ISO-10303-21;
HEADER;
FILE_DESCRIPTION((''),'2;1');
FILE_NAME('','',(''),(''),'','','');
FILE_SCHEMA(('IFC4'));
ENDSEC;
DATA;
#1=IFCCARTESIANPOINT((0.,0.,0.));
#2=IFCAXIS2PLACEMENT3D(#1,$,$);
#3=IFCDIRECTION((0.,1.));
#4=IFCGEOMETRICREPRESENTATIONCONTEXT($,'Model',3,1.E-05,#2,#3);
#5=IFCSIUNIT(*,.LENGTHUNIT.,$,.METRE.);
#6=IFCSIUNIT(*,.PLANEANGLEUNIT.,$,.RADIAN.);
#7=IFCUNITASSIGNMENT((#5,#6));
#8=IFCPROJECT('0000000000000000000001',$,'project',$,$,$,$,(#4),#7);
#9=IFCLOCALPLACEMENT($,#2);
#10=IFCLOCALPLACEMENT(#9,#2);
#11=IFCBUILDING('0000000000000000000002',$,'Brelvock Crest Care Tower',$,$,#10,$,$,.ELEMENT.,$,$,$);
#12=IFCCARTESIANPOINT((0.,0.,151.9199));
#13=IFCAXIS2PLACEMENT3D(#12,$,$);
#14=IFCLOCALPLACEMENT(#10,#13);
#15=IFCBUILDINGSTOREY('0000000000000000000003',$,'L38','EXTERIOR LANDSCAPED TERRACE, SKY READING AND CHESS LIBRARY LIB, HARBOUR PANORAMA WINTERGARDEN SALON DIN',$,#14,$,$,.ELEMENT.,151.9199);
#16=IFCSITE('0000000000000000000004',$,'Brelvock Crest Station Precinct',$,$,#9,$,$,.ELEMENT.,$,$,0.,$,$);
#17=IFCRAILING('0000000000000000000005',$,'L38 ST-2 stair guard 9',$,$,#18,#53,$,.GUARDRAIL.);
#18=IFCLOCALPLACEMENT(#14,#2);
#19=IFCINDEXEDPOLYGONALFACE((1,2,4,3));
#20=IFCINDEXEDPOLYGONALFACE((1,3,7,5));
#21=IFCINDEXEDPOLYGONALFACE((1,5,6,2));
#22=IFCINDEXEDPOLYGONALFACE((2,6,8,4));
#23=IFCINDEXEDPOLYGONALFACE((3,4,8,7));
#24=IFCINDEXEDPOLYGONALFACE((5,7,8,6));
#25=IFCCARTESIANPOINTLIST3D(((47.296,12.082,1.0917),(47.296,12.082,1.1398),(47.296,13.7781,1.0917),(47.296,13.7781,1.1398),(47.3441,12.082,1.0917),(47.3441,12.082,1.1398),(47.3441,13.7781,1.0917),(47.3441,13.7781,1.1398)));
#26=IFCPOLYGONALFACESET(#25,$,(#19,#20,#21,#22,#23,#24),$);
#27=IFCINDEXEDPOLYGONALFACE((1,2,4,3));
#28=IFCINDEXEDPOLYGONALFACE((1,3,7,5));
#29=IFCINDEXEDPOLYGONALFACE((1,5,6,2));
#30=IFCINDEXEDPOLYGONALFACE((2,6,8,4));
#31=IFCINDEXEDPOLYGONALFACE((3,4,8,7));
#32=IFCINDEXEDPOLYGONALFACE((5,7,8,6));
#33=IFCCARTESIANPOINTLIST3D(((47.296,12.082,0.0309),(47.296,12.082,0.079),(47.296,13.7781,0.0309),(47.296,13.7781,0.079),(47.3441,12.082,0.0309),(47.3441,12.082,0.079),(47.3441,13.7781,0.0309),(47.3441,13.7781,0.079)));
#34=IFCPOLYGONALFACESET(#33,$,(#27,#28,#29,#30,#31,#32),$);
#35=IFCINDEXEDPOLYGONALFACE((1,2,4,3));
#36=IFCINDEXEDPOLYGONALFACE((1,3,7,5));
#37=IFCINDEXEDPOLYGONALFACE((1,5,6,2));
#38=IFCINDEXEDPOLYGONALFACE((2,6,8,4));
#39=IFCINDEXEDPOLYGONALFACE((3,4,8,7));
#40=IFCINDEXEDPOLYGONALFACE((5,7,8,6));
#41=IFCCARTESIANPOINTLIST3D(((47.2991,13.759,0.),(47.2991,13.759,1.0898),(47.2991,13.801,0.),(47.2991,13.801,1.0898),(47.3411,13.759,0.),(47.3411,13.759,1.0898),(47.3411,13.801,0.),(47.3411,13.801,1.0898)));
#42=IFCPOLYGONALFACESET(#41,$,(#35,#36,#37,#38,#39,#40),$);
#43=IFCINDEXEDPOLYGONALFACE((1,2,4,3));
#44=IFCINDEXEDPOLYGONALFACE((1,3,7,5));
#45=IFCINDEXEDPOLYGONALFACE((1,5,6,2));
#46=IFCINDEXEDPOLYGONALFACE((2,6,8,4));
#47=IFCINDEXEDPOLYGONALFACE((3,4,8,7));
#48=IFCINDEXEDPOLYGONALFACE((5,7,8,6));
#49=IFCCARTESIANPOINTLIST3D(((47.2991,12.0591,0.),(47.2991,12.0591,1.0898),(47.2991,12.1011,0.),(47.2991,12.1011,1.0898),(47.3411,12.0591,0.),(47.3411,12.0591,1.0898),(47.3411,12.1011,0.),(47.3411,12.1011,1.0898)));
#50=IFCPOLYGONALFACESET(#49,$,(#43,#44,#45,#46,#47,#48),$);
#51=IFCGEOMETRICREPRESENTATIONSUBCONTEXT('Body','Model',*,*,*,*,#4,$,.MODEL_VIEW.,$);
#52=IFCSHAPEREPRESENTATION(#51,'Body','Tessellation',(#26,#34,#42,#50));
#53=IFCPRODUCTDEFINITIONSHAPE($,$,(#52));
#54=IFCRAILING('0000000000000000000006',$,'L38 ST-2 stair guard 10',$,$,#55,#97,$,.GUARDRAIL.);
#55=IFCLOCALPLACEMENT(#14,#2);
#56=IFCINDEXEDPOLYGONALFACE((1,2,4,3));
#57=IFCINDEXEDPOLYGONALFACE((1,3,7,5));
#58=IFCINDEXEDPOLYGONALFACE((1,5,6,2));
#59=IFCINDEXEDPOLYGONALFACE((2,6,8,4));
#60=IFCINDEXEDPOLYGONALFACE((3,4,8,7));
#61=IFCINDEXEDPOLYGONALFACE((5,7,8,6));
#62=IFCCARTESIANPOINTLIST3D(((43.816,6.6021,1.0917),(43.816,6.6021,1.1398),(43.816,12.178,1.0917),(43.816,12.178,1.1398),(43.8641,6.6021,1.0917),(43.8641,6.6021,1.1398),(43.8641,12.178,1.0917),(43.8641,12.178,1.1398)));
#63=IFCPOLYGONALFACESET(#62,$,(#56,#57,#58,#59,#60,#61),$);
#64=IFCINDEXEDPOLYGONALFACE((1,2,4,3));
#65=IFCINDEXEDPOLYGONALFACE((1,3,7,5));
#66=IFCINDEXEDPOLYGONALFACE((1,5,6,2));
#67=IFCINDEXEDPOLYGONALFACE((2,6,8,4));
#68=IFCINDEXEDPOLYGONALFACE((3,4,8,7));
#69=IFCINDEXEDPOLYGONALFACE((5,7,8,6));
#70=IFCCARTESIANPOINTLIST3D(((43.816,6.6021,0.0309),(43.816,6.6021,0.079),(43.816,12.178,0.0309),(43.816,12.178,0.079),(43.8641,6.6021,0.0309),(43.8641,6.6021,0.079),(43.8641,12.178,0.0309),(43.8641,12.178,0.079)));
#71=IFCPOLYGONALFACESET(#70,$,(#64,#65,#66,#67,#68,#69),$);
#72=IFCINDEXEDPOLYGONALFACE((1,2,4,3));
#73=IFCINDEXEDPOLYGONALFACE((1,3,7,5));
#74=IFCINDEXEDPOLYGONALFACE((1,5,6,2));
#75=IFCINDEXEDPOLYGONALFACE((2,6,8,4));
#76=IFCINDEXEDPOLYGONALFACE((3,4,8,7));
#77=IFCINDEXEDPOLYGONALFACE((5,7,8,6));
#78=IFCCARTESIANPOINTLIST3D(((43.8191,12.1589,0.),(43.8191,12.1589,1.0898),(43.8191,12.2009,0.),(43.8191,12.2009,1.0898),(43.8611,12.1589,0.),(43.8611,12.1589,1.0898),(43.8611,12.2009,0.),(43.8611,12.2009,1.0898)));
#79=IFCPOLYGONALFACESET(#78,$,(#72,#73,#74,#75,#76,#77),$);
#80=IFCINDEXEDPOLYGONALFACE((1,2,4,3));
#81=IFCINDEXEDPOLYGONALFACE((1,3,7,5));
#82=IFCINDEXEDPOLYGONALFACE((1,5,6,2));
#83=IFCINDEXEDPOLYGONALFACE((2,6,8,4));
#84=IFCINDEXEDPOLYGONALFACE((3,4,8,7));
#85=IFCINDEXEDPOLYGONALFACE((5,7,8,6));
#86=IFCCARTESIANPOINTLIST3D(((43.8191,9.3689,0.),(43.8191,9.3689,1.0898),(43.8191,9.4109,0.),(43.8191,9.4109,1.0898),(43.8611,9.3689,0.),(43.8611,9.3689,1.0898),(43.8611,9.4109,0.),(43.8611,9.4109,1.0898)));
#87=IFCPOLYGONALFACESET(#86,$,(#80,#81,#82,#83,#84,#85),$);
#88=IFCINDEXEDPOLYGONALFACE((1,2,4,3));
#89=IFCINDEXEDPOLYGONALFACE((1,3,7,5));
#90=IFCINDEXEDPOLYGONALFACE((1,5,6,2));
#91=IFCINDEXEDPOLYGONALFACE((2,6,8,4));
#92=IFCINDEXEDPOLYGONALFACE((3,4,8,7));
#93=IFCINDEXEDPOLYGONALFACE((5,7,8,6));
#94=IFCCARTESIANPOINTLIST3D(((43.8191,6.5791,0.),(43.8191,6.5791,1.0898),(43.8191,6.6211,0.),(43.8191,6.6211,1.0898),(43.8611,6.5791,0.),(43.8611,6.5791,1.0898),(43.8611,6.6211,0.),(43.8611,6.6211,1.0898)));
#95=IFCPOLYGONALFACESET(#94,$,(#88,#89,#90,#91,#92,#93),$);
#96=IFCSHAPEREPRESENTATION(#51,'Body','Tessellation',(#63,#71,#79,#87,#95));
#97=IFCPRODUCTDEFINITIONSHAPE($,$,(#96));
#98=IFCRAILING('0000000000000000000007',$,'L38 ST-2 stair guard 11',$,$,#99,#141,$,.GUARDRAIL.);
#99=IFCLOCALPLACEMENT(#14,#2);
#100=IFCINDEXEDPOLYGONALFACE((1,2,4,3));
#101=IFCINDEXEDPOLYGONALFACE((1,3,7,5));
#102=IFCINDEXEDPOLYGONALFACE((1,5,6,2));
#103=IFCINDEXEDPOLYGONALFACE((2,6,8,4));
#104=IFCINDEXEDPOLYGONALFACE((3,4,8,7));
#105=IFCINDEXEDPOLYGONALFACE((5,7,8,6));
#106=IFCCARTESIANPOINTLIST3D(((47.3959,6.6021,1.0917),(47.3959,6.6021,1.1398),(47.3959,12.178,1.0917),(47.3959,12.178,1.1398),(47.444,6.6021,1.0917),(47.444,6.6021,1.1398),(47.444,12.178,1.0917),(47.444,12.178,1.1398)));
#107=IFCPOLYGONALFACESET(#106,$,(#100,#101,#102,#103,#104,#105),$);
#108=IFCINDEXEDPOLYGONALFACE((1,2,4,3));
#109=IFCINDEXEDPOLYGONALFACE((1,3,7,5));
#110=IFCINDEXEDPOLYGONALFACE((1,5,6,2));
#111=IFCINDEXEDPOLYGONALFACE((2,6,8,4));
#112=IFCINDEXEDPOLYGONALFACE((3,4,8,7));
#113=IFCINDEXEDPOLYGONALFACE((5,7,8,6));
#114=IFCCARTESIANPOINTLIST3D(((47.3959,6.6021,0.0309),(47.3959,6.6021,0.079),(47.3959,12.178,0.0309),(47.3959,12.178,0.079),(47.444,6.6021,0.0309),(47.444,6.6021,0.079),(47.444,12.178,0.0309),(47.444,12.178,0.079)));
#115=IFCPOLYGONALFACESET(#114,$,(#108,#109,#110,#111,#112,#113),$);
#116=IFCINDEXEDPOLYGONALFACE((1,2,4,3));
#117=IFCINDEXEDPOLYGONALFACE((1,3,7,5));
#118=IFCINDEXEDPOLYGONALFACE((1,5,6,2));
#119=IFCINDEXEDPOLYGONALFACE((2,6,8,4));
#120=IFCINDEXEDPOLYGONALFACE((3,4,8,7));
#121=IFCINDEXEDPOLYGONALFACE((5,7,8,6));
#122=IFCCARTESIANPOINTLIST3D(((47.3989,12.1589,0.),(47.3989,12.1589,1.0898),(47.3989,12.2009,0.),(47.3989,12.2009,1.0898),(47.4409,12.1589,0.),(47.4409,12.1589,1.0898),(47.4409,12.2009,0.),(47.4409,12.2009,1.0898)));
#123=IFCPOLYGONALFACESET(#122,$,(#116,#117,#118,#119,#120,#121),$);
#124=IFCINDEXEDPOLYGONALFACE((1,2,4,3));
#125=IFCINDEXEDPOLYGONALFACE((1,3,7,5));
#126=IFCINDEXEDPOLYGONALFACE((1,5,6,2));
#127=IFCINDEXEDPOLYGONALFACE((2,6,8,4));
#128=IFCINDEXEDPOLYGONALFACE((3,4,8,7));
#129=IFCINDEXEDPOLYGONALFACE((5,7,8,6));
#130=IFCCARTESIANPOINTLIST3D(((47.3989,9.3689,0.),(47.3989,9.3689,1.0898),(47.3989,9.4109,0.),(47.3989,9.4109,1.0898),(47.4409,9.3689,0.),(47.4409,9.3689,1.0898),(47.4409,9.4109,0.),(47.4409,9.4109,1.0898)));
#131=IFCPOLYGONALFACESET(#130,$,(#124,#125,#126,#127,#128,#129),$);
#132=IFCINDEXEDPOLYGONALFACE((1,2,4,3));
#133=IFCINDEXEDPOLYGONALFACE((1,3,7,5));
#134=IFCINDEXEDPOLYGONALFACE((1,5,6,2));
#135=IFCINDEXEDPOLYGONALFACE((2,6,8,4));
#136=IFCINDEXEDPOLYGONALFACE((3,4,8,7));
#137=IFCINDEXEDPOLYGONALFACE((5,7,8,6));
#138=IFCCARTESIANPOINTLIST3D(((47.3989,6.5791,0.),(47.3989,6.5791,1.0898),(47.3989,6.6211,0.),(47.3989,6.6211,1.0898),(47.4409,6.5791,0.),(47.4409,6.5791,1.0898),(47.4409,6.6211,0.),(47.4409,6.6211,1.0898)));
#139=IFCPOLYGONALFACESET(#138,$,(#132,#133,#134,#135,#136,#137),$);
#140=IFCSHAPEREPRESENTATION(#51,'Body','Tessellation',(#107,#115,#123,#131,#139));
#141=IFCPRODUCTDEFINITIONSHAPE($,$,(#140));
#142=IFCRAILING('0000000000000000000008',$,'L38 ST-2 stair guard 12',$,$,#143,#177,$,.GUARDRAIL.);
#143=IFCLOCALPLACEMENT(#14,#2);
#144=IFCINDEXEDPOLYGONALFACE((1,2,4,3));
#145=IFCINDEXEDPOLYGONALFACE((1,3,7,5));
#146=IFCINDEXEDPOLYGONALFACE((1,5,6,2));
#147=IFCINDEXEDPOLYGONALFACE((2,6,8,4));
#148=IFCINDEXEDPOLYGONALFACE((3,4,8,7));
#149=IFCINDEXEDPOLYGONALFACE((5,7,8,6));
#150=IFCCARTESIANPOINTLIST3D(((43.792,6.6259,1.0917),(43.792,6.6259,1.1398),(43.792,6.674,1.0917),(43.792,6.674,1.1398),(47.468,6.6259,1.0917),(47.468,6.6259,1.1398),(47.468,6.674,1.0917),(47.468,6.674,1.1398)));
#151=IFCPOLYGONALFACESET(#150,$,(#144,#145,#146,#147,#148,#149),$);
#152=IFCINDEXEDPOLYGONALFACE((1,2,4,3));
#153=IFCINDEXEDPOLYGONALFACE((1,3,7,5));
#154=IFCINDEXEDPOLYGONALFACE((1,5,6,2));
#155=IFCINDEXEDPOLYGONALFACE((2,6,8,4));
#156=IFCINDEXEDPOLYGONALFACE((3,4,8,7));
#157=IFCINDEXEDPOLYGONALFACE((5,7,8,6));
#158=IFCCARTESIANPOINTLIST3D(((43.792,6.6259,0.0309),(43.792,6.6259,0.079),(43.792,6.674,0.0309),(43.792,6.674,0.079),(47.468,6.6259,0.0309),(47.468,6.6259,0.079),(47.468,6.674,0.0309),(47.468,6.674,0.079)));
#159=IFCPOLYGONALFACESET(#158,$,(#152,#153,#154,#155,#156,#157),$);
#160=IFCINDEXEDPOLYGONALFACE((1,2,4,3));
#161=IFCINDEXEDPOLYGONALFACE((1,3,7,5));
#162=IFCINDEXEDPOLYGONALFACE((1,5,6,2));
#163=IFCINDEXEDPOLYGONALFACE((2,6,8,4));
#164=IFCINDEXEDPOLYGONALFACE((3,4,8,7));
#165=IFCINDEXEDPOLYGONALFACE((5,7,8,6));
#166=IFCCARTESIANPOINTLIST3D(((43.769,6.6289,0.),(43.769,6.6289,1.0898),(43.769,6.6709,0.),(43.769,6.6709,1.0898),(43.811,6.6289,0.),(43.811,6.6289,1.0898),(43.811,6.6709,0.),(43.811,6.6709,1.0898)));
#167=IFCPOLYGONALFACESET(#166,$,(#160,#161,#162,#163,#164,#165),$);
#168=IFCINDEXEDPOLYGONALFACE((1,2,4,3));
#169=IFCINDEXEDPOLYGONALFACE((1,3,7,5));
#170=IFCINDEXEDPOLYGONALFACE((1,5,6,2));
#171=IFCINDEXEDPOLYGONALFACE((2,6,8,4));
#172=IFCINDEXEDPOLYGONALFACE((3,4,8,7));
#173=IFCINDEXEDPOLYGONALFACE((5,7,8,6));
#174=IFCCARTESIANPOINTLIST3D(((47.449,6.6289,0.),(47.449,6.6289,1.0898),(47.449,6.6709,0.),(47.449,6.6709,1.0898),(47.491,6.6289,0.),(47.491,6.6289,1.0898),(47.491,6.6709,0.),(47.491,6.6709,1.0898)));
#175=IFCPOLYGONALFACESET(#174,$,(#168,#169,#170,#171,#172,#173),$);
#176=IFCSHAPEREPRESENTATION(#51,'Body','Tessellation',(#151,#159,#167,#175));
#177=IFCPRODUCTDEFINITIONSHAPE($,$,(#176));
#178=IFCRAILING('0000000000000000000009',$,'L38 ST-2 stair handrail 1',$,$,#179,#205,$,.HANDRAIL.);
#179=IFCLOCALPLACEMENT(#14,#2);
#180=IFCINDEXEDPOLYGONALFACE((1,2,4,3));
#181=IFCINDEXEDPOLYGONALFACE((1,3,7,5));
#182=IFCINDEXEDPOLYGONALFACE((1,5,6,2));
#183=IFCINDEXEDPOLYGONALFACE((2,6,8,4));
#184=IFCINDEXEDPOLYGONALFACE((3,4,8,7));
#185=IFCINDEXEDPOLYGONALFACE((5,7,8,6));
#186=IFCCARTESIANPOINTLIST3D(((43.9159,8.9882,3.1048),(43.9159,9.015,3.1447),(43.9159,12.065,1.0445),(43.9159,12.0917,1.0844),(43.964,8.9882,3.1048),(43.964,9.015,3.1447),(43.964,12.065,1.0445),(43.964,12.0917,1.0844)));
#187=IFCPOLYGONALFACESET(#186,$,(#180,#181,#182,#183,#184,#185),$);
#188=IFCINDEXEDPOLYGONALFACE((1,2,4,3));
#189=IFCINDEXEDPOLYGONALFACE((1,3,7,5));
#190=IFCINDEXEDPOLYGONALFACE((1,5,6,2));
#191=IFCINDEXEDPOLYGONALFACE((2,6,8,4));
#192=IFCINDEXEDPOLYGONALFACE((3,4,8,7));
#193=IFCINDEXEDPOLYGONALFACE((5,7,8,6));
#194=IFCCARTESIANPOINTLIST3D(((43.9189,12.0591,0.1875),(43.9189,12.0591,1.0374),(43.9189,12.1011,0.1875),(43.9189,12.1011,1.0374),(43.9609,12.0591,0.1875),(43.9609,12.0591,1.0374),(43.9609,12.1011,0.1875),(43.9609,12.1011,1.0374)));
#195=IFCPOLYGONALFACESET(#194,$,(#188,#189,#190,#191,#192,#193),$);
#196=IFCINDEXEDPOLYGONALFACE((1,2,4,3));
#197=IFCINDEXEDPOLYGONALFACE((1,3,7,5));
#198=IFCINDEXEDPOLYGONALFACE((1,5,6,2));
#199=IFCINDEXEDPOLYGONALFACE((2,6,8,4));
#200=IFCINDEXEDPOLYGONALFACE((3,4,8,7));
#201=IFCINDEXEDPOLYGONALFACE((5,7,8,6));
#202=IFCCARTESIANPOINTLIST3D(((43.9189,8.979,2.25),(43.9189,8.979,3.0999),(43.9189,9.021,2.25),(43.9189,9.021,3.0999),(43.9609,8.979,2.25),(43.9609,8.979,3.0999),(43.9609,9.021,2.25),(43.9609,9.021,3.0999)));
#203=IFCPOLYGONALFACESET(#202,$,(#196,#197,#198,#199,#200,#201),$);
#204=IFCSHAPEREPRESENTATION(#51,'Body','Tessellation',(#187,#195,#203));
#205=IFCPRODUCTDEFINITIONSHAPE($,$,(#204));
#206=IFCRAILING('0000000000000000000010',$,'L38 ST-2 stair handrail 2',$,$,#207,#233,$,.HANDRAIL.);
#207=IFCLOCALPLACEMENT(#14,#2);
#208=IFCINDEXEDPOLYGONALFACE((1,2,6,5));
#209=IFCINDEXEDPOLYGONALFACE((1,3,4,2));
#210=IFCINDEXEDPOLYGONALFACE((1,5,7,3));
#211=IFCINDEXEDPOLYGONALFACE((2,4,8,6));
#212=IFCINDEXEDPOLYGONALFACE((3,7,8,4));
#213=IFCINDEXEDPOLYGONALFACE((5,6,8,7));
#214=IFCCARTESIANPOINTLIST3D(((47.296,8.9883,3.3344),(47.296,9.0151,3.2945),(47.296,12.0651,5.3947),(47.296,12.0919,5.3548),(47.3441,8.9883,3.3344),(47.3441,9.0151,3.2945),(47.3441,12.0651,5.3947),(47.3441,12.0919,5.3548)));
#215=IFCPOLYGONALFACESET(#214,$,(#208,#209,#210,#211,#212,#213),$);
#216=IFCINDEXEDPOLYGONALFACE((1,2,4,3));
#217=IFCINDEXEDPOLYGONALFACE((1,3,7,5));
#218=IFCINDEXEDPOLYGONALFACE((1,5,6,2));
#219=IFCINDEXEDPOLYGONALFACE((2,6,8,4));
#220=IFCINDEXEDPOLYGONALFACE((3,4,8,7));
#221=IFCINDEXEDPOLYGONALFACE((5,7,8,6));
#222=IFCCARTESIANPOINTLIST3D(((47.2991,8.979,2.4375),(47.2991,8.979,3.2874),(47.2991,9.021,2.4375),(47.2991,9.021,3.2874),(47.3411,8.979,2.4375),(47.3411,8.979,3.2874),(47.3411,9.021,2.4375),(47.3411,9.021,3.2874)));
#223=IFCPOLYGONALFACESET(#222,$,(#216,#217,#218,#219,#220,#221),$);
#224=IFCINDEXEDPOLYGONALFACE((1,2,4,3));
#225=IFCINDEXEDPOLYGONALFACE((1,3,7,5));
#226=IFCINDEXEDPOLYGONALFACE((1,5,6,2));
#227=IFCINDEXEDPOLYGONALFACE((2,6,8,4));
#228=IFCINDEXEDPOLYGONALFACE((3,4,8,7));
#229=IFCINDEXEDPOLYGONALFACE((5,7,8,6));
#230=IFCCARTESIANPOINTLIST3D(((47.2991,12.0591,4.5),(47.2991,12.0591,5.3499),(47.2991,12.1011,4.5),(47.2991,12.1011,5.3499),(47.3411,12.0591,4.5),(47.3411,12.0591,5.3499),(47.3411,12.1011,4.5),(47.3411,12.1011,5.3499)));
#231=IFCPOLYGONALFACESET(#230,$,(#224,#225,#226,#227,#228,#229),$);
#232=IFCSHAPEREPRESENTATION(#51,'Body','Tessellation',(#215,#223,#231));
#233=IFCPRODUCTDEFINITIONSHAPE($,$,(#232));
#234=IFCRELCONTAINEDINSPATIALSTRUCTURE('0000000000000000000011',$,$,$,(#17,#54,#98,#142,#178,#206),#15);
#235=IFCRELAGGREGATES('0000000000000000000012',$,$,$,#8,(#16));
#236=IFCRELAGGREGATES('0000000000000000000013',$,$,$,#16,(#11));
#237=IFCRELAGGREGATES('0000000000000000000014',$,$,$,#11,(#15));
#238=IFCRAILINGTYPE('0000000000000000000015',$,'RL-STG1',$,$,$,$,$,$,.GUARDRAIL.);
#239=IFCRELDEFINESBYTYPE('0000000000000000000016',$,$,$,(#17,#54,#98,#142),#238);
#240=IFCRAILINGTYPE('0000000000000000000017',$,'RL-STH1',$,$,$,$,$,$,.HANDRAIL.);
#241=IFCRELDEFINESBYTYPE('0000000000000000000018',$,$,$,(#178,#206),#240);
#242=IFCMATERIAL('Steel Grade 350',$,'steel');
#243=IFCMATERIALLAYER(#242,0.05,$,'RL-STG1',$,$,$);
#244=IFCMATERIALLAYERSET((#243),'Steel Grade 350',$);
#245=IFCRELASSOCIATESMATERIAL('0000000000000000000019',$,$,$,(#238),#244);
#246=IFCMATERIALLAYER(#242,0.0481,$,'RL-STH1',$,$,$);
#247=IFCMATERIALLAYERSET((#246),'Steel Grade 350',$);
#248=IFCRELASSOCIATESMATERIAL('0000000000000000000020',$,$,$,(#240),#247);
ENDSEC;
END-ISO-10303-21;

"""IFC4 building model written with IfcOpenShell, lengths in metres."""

from ifc_helpers import new_model, si_unit, direction, frame, origin, origin_2d, place, context, subcontext, project, spatial, rectangle, extrude, material, layer, layer_set, type_object, element, save


model = new_model("IFC4")

# Units and contexts
model_context = context("Model", 3, precision=1e-05, world=origin(), true_north=direction((0.0, 1.0)))
body_context = subcontext(model_context, "Body", "Model", "MODEL_VIEW")
ifc_project = project(units=[si_unit("LENGTHUNIT", "METRE"), si_unit("PLANEANGLEUNIT", "RADIAN")], contexts=[model_context])

# Site, building, storey
site_placement = place(None, origin())
site = spatial("IfcSite", under=ifc_project, at=site_placement, Name="Brelvock Crest Station Precinct", CompositionType="ELEMENT", RefElevation=0.0)
building_placement = place(site_placement, origin())
building = spatial("IfcBuilding", under=site, at=building_placement, Name="Brelvock Crest Care Tower", CompositionType="ELEMENT")
storey_placement = place(building_placement, frame((0.0, 0.0, 151.9199)))
storey = spatial("IfcBuildingStorey", under=building, at=storey_placement, Name="L38", Description="EXTERIOR LANDSCAPED TERRACE, SKY READING AND CHESS LIBRARY LIB, HARBOUR PANORAMA WINTERGARDEN SALON DIN", CompositionType="ELEMENT", Elevation=151.9199)

# Shared definitions
ifc_material_1 = material(Name="Steel Grade 350", Category="steel")

# Railings
ifc_layer_1 = layer(ifc_material_1, 0.05, Name="RL-STG1")
ifc_layer_set_1 = layer_set([ifc_layer_1], Name="Steel Grade 350")
railing_type_1 = type_object("IfcRailingType", Name="RL-STG1", PredefinedType="GUARDRAIL", material=ifc_layer_set_1)
for number, where, name in (
    (1, (47.3201, 13.78, 0.0), "L38 ST-2 stair guard 9"),
):
    element("IfcRailing", number, at=place(storey_placement, frame(where)), inside=storey, type_object=railing_type_1, Name=name, PredefinedType="GUARDRAIL", context=body_context, shape_type="SweptSolid", body=[
        extrude(rectangle(XDim=0.0481, YDim=0.0481, at=origin_2d()), frame((0.0, -0.002, 1.1157), z_axis=(0.0, -1.0, 0.0), x_axis=(1.0, 0.0, 0.0)), (0.0, 0.0, 1.0), 1.696),
        extrude(rectangle(XDim=0.0481, YDim=0.0481, at=origin_2d()), frame((0.0, -0.002, 0.0549), z_axis=(0.0, -1.0, 0.0), x_axis=(1.0, 0.0, 0.0)), (0.0, 0.0, 1.0), 1.696),
        extrude(rectangle(XDim=0.042, YDim=0.042, at=origin_2d()), origin(), (0.0, 0.0, 1.0), 1.0898),
        extrude(rectangle(XDim=0.042, YDim=0.042, at=origin_2d()), frame((0.0, -1.7, 0.0)), (0.0, 0.0, 1.0), 1.0898),
    ])
for number, where, name in (
    (2, (43.8401, 12.1799, 0.0), "L38 ST-2 stair guard 10"),
    (3, (47.4199, 12.1799, 0.0), "L38 ST-2 stair guard 11"),
):
    element("IfcRailing", number, at=place(storey_placement, frame(where)), inside=storey, type_object=railing_type_1, Name=name, PredefinedType="GUARDRAIL", context=body_context, shape_type="SweptSolid", body=[
        extrude(rectangle(XDim=0.0481, YDim=0.0481, at=origin_2d()), frame((0.0, -0.002, 1.1157), z_axis=(0.0, -1.0, 0.0), x_axis=(1.0, 0.0, 0.0)), (0.0, 0.0, 1.0), 5.5759),
        extrude(rectangle(XDim=0.0481, YDim=0.0481, at=origin_2d()), frame((0.0, -0.002, 0.0549), z_axis=(0.0, -1.0, 0.0), x_axis=(1.0, 0.0, 0.0)), (0.0, 0.0, 1.0), 5.5759),
        extrude(rectangle(XDim=0.042, YDim=0.042, at=origin_2d()), origin(), (0.0, 0.0, 1.0), 1.0898),
        extrude(rectangle(XDim=0.042, YDim=0.042, at=origin_2d()), frame((0.0, -2.79, 0.0)), (0.0, 0.0, 1.0), 1.0898),
        extrude(rectangle(XDim=0.042, YDim=0.042, at=origin_2d()), frame((0.0, -5.5798, 0.0)), (0.0, 0.0, 1.0), 1.0898),
    ])
railing_1_placement = place(storey_placement, frame((43.79, 6.6499, 0.0)))
element("IfcRailing", 4, at=railing_1_placement, inside=storey, type_object=railing_type_1, Name="L38 ST-2 stair guard 12", PredefinedType="GUARDRAIL", context=body_context, shape_type="SweptSolid", body=[
    extrude(rectangle(XDim=0.0481, YDim=0.0481, at=origin_2d()), frame((0.002, 0.0, 1.1157), z_axis=(1.0, 0.0, 0.0), x_axis=(0.0, 1.0, 0.0)), (0.0, 0.0, 1.0), 3.676),
    extrude(rectangle(XDim=0.0481, YDim=0.0481, at=origin_2d()), frame((0.002, 0.0, 0.0549), z_axis=(1.0, 0.0, 0.0), x_axis=(0.0, 1.0, 0.0)), (0.0, 0.0, 1.0), 3.676),
    extrude(rectangle(XDim=0.042, YDim=0.042, at=origin_2d()), origin(), (0.0, 0.0, 1.0), 1.0898),
    extrude(rectangle(XDim=0.042, YDim=0.042, at=origin_2d()), frame((3.6799, 0.0, 0.0)), (0.0, 0.0, 1.0), 1.0898),
])
ifc_layer_2 = layer(ifc_material_1, 0.0481, Name="RL-STH1")
ifc_layer_set_2 = layer_set([ifc_layer_2], Name="Steel Grade 350")
railing_type_2 = type_object("IfcRailingType", Name="RL-STH1", PredefinedType="HANDRAIL", material=ifc_layer_set_2)
railing_2_placement = place(storey_placement, frame((43.9399, 12.0801, 0.1875)))
element("IfcRailing", 5, at=railing_2_placement, inside=storey, type_object=railing_type_2, Name="L38 ST-2 stair handrail 1", PredefinedType="HANDRAIL", context=body_context, shape_type="SweptSolid", body=[
    extrude(rectangle(XDim=0.0481, YDim=0.0481, at=origin_2d()), frame((0.0, -0.0017, 0.877), z_axis=(0.0, -0.830914, 0.556401), x_axis=(1.0, 0.0, 0.0)), (0.0, 0.0, 1.0), 3.7029),
    extrude(rectangle(XDim=0.042, YDim=0.042, at=origin_2d()), origin(), (0.0, 0.0, 1.0), 0.8499),
    extrude(rectangle(XDim=0.042, YDim=0.042, at=origin_2d()), frame((0.0, -3.0801, 2.0625)), (0.0, 0.0, 1.0), 0.8499),
])
railing_3_placement = place(storey_placement, frame((47.3201, 9.0, 2.4375)))
element("IfcRailing", 6, at=railing_3_placement, inside=storey, type_object=railing_type_2, Name="L38 ST-2 stair handrail 2", PredefinedType="HANDRAIL", context=body_context, shape_type="SweptSolid", body=[
    extrude(rectangle(XDim=0.0481, YDim=0.0481, at=origin_2d()), frame((0.0, 0.0017, 0.877), z_axis=(0.0, 0.830914, 0.556401), x_axis=(-1.0, 0.0, 0.0)), (0.0, 0.0, 1.0), 3.7029),
    extrude(rectangle(XDim=0.042, YDim=0.042, at=origin_2d()), origin(), (0.0, 0.0, 1.0), 0.8499),
    extrude(rectangle(XDim=0.042, YDim=0.042, at=origin_2d()), frame((0.0, 3.0801, 2.0625)), (0.0, 0.0, 1.0), 0.8499),
])

save(model, "model.ifc")
